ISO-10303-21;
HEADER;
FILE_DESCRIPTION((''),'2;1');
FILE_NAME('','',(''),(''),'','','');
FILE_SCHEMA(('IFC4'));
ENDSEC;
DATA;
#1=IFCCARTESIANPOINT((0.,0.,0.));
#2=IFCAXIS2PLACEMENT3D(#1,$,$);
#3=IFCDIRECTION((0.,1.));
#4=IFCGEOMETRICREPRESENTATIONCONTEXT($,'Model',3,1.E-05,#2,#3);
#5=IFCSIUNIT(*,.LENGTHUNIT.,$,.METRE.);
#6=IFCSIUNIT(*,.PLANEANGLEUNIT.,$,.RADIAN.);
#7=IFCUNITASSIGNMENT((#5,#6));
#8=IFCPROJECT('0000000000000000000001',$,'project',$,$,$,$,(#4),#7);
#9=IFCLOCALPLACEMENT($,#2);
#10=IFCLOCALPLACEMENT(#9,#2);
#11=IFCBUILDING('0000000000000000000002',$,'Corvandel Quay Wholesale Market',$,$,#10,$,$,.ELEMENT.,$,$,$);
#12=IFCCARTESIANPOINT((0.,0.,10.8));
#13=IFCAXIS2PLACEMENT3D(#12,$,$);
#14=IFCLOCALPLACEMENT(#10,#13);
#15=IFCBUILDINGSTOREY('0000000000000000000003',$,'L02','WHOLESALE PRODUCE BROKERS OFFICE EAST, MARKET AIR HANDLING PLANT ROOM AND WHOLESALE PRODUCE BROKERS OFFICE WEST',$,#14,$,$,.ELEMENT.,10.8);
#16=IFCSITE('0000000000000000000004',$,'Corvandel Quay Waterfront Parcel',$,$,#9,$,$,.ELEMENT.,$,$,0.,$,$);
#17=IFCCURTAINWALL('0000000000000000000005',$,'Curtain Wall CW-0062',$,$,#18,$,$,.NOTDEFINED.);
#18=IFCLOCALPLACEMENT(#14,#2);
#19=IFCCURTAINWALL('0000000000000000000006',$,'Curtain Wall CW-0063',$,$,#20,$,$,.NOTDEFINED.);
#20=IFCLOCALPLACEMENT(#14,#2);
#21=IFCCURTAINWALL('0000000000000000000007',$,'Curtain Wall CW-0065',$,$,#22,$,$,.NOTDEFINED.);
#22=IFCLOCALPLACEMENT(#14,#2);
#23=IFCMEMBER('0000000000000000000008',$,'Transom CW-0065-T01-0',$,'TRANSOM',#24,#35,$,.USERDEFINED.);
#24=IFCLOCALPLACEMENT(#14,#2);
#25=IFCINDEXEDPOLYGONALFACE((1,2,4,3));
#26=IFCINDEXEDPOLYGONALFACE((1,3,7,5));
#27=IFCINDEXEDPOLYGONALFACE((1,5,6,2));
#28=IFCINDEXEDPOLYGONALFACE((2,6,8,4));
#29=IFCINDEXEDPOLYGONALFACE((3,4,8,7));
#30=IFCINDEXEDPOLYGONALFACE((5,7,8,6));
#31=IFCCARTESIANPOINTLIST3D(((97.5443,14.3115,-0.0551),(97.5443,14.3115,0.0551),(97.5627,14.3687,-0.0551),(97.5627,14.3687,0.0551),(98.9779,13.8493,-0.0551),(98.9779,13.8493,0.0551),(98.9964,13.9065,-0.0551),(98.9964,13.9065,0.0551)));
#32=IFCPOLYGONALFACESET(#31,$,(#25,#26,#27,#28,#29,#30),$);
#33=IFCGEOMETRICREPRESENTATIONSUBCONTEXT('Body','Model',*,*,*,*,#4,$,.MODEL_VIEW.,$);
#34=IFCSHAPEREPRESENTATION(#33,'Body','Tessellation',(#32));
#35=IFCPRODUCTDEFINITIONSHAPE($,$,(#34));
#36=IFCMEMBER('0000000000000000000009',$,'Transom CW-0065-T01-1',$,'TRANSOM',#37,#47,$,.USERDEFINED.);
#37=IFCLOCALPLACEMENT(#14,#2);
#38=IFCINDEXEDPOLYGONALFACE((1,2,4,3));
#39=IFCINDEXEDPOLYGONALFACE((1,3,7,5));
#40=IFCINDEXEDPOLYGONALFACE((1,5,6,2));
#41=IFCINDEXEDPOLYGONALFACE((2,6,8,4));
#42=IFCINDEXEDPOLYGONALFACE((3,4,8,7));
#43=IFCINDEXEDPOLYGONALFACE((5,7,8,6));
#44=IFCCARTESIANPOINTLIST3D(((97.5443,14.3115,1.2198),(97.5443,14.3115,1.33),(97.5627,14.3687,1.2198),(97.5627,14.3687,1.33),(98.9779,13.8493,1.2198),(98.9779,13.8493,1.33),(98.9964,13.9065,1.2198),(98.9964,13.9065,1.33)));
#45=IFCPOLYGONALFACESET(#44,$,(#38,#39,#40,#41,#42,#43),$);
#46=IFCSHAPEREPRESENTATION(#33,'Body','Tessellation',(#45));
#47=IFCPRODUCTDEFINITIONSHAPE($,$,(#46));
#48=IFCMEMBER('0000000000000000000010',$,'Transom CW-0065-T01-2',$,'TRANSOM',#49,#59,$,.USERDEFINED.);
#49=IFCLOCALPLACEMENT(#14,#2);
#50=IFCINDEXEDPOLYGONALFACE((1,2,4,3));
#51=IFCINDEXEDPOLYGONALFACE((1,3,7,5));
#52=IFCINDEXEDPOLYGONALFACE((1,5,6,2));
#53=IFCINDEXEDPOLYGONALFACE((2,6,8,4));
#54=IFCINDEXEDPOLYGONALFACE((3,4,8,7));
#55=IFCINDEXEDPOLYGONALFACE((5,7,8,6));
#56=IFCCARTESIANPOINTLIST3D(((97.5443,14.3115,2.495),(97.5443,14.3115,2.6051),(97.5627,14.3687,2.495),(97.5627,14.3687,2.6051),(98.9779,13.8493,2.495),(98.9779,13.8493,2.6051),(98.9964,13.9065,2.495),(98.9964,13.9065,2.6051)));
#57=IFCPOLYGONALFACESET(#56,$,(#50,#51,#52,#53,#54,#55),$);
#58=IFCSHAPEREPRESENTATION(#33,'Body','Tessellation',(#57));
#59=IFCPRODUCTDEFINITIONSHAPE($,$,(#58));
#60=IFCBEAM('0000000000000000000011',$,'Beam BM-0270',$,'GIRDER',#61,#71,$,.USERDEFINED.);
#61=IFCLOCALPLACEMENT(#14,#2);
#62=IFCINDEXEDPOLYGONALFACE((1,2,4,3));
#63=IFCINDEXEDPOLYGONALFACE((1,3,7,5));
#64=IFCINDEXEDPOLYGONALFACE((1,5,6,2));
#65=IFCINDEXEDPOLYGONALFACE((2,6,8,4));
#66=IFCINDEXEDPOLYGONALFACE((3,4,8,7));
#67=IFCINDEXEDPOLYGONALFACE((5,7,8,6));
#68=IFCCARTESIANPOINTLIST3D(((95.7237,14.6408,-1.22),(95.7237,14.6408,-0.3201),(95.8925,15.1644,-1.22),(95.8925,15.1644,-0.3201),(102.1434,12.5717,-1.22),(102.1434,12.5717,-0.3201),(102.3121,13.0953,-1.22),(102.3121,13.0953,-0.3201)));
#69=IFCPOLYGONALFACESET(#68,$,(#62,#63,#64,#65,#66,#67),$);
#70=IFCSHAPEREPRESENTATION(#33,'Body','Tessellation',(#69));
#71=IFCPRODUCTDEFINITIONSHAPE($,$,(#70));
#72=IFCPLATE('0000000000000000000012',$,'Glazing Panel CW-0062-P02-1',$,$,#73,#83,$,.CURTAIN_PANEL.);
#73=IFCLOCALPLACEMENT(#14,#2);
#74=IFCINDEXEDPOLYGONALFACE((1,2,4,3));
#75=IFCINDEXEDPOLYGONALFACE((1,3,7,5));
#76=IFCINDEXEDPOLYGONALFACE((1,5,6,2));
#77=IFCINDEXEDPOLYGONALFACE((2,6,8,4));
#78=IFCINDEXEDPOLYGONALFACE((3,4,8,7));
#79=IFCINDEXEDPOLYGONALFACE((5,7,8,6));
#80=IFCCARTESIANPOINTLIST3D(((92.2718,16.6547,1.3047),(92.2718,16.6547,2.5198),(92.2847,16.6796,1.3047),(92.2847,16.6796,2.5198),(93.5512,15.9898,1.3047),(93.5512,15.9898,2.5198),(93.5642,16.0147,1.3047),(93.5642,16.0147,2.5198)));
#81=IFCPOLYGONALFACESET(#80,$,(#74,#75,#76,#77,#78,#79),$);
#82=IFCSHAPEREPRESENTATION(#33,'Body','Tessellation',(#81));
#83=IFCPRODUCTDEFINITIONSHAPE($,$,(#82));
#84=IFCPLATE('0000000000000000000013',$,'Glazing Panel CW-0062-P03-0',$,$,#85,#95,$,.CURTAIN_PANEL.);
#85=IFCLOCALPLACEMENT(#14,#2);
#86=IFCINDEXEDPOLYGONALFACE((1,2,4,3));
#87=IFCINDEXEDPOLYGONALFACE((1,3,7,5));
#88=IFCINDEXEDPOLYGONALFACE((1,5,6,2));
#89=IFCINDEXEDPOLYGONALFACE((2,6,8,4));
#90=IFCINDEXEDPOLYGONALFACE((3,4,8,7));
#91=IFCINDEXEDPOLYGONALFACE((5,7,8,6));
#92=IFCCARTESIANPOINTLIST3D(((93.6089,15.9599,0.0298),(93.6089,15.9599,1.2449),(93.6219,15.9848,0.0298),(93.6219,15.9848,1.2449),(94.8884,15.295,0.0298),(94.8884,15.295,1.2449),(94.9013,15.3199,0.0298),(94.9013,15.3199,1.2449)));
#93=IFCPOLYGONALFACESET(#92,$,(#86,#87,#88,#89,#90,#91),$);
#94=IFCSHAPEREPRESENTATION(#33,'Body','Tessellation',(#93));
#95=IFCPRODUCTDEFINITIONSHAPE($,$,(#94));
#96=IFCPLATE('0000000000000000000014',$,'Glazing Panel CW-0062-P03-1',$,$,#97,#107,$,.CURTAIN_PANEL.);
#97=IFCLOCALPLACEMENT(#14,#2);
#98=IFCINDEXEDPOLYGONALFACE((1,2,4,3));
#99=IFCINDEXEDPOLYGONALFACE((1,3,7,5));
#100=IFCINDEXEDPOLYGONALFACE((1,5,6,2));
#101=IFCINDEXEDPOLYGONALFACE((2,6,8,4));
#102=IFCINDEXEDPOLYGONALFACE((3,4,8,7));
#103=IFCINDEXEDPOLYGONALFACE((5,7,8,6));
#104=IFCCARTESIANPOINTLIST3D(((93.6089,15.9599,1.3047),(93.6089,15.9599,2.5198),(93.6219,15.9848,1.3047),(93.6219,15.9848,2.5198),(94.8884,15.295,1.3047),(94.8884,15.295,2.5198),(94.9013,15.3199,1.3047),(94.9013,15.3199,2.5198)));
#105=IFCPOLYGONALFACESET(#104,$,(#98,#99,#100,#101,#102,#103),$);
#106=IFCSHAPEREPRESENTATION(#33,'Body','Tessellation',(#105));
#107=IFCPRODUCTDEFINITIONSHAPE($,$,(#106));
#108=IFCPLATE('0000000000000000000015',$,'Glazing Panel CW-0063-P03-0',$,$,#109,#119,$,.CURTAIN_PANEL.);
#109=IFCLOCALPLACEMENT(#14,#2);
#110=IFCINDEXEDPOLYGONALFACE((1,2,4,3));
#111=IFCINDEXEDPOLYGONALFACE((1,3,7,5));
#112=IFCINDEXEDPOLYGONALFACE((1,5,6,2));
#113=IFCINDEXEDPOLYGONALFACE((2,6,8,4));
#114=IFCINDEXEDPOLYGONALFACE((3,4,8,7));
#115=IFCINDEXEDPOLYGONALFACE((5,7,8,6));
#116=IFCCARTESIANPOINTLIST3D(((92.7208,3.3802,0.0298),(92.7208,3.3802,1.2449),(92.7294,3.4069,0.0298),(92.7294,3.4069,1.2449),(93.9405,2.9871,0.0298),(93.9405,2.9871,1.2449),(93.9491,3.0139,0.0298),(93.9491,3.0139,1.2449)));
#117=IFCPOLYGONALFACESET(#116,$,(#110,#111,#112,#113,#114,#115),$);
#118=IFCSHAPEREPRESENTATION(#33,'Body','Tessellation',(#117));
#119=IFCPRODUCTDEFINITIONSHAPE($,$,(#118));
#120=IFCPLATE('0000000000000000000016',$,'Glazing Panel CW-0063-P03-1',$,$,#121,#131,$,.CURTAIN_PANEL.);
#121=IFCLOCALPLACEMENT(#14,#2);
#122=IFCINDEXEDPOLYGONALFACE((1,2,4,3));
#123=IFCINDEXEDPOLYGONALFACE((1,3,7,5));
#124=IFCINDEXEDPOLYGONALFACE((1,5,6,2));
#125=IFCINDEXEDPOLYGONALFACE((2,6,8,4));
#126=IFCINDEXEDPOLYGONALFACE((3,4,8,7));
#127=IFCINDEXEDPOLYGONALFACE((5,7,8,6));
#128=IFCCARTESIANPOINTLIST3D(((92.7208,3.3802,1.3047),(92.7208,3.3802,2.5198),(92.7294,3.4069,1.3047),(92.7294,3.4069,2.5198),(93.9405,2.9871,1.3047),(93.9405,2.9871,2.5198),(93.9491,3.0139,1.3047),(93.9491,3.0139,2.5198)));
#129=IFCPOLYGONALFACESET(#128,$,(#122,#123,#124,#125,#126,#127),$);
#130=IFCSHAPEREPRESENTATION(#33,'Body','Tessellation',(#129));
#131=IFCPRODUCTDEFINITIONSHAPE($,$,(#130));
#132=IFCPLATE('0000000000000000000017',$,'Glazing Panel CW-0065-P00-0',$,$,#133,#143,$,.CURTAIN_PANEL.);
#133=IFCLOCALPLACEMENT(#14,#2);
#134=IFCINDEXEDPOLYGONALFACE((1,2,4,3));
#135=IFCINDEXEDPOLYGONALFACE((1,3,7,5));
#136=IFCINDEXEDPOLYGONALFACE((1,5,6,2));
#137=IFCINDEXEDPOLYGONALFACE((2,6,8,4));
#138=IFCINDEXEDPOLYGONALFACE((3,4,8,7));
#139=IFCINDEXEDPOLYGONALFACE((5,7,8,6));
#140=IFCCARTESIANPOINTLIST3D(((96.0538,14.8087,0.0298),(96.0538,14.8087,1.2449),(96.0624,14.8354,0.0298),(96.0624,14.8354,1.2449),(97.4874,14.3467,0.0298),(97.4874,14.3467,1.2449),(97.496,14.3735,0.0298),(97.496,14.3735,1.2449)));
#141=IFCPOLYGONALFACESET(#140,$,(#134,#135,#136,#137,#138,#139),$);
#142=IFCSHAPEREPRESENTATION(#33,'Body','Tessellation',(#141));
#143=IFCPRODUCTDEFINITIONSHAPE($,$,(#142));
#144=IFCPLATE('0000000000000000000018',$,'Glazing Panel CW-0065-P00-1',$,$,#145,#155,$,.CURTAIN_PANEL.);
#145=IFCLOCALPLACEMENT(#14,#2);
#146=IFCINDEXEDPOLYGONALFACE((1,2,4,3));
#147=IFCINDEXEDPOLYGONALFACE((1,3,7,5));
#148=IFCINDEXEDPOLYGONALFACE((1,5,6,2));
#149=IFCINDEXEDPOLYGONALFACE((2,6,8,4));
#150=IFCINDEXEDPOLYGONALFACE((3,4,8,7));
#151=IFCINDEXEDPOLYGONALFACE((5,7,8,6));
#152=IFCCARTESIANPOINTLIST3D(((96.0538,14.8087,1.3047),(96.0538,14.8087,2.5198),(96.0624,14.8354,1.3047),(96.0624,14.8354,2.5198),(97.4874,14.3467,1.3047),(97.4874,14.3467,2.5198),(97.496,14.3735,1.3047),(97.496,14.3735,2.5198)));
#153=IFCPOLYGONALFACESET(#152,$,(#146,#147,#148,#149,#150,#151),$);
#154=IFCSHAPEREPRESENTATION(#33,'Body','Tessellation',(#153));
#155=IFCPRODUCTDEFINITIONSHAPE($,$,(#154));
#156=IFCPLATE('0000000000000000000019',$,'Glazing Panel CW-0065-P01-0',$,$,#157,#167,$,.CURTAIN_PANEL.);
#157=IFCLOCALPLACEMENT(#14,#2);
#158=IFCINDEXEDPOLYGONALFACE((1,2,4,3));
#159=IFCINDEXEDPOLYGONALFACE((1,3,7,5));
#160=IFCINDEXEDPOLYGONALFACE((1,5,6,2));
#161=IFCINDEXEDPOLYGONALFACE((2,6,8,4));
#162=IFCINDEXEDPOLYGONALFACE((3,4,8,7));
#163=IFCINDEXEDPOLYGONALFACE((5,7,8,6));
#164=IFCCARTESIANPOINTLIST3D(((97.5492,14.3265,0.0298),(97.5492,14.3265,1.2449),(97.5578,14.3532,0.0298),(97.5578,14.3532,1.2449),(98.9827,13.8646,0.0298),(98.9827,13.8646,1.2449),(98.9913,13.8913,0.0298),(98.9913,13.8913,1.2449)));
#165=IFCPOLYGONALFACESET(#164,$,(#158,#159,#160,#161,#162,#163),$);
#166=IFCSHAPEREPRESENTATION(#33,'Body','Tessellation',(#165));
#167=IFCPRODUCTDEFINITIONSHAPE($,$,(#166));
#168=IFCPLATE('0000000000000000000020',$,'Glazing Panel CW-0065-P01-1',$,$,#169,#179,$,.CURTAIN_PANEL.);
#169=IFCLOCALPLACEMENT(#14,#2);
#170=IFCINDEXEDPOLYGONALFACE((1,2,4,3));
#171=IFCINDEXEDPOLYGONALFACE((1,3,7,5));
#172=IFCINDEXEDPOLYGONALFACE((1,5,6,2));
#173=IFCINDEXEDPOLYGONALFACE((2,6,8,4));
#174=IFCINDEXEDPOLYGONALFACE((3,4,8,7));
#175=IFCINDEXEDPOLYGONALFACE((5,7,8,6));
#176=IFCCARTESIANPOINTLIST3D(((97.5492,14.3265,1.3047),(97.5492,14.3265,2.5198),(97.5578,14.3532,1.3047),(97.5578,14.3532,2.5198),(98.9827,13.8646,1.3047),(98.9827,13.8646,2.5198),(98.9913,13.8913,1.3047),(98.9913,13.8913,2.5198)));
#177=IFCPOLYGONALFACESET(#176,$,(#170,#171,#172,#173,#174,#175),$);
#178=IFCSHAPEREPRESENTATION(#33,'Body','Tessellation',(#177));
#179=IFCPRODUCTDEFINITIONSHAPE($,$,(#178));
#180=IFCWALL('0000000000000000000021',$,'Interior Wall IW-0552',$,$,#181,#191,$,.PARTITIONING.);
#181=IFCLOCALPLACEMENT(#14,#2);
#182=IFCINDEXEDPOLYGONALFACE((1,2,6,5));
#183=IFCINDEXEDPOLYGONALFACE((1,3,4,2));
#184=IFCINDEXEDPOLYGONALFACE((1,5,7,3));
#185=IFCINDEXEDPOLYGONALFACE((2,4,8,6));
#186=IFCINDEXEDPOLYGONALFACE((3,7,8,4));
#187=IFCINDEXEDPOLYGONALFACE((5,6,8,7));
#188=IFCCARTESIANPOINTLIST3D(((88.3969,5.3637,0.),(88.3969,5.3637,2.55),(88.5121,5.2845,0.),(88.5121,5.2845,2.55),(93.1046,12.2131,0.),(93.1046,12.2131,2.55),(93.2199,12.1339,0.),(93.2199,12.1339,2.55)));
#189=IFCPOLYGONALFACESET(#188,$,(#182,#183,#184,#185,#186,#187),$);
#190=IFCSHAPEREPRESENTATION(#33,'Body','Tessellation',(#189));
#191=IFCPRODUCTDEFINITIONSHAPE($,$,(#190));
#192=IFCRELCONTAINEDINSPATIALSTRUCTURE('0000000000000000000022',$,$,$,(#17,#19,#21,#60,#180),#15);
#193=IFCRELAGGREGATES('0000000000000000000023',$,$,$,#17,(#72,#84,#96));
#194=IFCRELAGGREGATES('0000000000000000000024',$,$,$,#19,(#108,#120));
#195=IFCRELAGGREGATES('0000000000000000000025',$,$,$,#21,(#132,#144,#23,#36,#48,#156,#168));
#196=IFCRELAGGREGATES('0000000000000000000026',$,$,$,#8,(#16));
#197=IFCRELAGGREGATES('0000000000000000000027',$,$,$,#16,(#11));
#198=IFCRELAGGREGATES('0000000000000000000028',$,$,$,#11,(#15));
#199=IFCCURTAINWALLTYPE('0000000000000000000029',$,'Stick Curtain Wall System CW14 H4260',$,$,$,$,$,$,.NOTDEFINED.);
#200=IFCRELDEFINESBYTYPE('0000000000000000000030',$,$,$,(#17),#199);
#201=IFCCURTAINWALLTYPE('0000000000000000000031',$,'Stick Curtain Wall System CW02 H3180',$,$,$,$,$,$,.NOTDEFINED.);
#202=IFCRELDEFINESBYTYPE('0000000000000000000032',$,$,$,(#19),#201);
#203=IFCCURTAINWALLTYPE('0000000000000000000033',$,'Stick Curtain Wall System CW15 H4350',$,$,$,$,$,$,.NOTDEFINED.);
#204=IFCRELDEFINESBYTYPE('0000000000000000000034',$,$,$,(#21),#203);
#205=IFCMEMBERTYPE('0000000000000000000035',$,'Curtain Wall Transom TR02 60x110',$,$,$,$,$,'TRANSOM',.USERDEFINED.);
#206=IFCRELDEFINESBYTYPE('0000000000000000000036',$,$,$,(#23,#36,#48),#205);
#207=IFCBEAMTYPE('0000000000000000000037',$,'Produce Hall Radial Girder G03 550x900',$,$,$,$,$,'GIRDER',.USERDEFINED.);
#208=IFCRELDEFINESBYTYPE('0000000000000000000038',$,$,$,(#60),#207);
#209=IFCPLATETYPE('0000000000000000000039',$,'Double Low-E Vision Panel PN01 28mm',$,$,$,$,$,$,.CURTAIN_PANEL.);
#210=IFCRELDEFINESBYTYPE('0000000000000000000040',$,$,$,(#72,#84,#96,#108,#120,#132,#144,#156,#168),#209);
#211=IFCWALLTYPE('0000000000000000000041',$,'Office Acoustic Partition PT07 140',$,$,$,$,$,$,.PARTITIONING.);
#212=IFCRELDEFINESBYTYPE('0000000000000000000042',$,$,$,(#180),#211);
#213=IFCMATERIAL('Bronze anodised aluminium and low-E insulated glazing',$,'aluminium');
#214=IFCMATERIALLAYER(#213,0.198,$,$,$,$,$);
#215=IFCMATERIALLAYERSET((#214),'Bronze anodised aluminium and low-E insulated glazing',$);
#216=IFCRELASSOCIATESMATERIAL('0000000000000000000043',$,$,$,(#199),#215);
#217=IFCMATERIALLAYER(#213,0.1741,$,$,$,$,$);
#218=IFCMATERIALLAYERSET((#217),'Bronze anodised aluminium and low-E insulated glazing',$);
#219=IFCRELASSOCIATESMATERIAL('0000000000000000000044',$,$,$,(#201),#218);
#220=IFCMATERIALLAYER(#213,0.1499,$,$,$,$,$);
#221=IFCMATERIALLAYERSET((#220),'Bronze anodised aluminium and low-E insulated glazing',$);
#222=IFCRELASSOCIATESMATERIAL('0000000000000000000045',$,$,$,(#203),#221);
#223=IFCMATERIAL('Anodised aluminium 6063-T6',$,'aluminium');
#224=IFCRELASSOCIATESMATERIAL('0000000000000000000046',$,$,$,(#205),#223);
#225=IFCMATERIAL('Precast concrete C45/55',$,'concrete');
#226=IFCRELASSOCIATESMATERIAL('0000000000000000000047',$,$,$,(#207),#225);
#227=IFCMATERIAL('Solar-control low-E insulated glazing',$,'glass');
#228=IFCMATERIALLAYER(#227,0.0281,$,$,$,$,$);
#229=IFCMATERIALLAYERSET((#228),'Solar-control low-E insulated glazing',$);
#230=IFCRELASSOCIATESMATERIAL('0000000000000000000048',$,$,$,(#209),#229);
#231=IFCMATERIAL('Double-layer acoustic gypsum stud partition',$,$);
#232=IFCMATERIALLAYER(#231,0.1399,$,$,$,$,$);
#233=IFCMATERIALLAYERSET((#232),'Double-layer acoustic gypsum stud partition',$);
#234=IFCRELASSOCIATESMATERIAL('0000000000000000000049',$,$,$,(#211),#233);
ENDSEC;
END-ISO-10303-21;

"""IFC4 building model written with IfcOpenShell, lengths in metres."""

from ifc_helpers import new_model, si_unit, direction, frame, frame_2d, origin, origin_2d, place, context, subcontext, project, spatial, rectangle, extrude, material, layer, layer_set, material_profile, profile_set, type_object, element, aggregate, save


model = new_model("IFC4")

# Units and contexts
model_context = context("Model", 3, precision=1e-05, world=origin(), true_north=direction((0.0, 1.0)))
body_context = subcontext(model_context, "Body", "Model", "MODEL_VIEW")
ifc_project = project(units=[si_unit("LENGTHUNIT", "METRE"), si_unit("PLANEANGLEUNIT", "RADIAN")], contexts=[model_context])

# Site, building, storey
site_placement = place(None, origin())
site = spatial("IfcSite", under=ifc_project, at=site_placement, Name="Corvandel Quay Waterfront Parcel", CompositionType="ELEMENT", RefElevation=0.0)
building_placement = place(site_placement, origin())
building = spatial("IfcBuilding", under=site, at=building_placement, Name="Corvandel Quay Wholesale Market", CompositionType="ELEMENT")
storey_placement = place(building_placement, frame((0.0, 0.0, 10.8)))
storey = spatial("IfcBuildingStorey", under=building, at=storey_placement, Name="L02", Description="WHOLESALE PRODUCE BROKERS OFFICE EAST, MARKET AIR HANDLING PLANT ROOM AND WHOLESALE PRODUCE BROKERS OFFICE WEST", CompositionType="ELEMENT", Elevation=10.8)

# Shared definitions
ifc_material_1 = material(Name="Precast concrete C45/55", Category="concrete")

# Curtain wall
ifc_material_2 = material(Name="Bronze anodised aluminium and low-E insulated glazing", Category="aluminium")
ifc_layer_1 = layer(ifc_material_2, 0.198)
ifc_layer_set_1 = layer_set([ifc_layer_1], Name="Bronze anodised aluminium and low-E insulated glazing")
curtain_wall_type_1 = type_object("IfcCurtainWallType", Name="Stick Curtain Wall System CW14 H4260", PredefinedType="NOTDEFINED", material=ifc_layer_set_1)
curtain_wall_1_placement = place(storey_placement, origin())
curtain_wall_1 = element("IfcCurtainWall", 1, at=curtain_wall_1_placement, inside=storey, type_object=curtain_wall_type_1, Name="Curtain Wall CW-0062", PredefinedType="NOTDEFINED")
ifc_material_3 = material(Name="Anodised aluminium 6063-T6", Category="aluminium")

# Curtain wall
ifc_layer_2 = layer(ifc_material_2, 0.1741)
ifc_layer_set_2 = layer_set([ifc_layer_2], Name="Bronze anodised aluminium and low-E insulated glazing")
curtain_wall_type_2 = type_object("IfcCurtainWallType", Name="Stick Curtain Wall System CW02 H3180", PredefinedType="NOTDEFINED", material=ifc_layer_set_2)
curtain_wall_2_placement = place(storey_placement, origin())
curtain_wall_2 = element("IfcCurtainWall", 2, at=curtain_wall_2_placement, inside=storey, type_object=curtain_wall_type_2, Name="Curtain Wall CW-0063", PredefinedType="NOTDEFINED")

# Curtain wall
ifc_layer_3 = layer(ifc_material_2, 0.1499)
ifc_layer_set_3 = layer_set([ifc_layer_3], Name="Bronze anodised aluminium and low-E insulated glazing")
curtain_wall_type_3 = type_object("IfcCurtainWallType", Name="Stick Curtain Wall System CW15 H4350", PredefinedType="NOTDEFINED", material=ifc_layer_set_3)
curtain_wall_3_placement = place(storey_placement, origin())
curtain_wall_3 = element("IfcCurtainWall", 3, at=curtain_wall_3_placement, inside=storey, type_object=curtain_wall_type_3, Name="Curtain Wall CW-0065", PredefinedType="NOTDEFINED")

# Members
ifc_material_profile_1 = material_profile(ifc_material_3, rectangle(XDim=0.0601, YDim=0.1101, at=origin_2d()), Name="ALU-TRN-60x110")
ifc_profile_set_1 = profile_set([ifc_material_profile_1], Name="Anodised aluminium 6063-T6")
member_type_1 = type_object("IfcMemberType", Name="Curtain Wall Transom TR02 60x110", ElementType="TRANSOM", PredefinedType="USERDEFINED", material=ifc_profile_set_1)
member_1_placement = place(storey_placement, frame((97.5535, 14.3401, 0.0), z_axis=(0.951765, -0.306828, 0.0), x_axis=(0.306828, 0.951765, 0.0)))
member_1 = element("IfcMember", 4, at=member_1_placement, type_object=member_type_1, Name="Transom CW-0065-T01-0", ObjectType="TRANSOM", PredefinedType="USERDEFINED", context=body_context, shape_type="SweptSolid", body=[
    extrude(rectangle(XDim=0.0601, YDim=0.1101, at=origin_2d()), origin(), (0.0, 0.0, 1.0), 1.5063),
])
member_2_placement = place(storey_placement, frame((97.5535, 14.3401, 1.2749), z_axis=(0.951765, -0.306828, 0.0), x_axis=(0.306828, 0.951765, 0.0)))
member_2 = element("IfcMember", 5, at=member_2_placement, type_object=member_type_1, Name="Transom CW-0065-T01-1", ObjectType="TRANSOM", PredefinedType="USERDEFINED", context=body_context, shape_type="SweptSolid", body=[
    extrude(rectangle(XDim=0.0601, YDim=0.1101, at=origin_2d()), origin(), (0.0, 0.0, 1.0), 1.5063),
])
member_3_placement = place(storey_placement, frame((97.5535, 14.3401, 2.55), z_axis=(0.951765, -0.306828, 0.0), x_axis=(0.306828, 0.951765, 0.0)))
member_3 = element("IfcMember", 6, at=member_3_placement, type_object=member_type_1, Name="Transom CW-0065-T01-2", ObjectType="TRANSOM", PredefinedType="USERDEFINED", context=body_context, shape_type="SweptSolid", body=[
    extrude(rectangle(XDim=0.0601, YDim=0.1101, at=origin_2d()), origin(), (0.0, 0.0, 1.0), 1.5063),
])

# Beam
ifc_material_profile_2 = material_profile(ifc_material_1, rectangle(XDim=0.55, YDim=0.8999, at=origin_2d()), Name="PC-GIR-550x900")
ifc_profile_set_2 = profile_set([ifc_material_profile_2], Name="Precast concrete C45/55")
beam_type = type_object("IfcBeamType", Name="Produce Hall Radial Girder G03 550x900", ElementType="GIRDER", PredefinedType="USERDEFINED", material=ifc_profile_set_2)
beam_placement = place(storey_placement, frame((95.8081, 14.9026, -0.77), z_axis=(0.951785, -0.306765, 0.0), x_axis=(0.306765, 0.951785, 0.0)))
element("IfcBeam", 7, at=beam_placement, inside=storey, type_object=beam_type, Name="Beam BM-0270", ObjectType="GIRDER", PredefinedType="USERDEFINED", context=body_context, shape_type="SweptSolid", body=[
    extrude(rectangle(XDim=0.55, YDim=0.8999, at=origin_2d()), origin(), (0.0, 0.0, 1.0), 6.7449),
])

# Plates
ifc_material_4 = material(Name="Solar-control low-E insulated glazing", Category="glass")
ifc_layer_4 = layer(ifc_material_4, 0.0281)
ifc_layer_set_4 = layer_set([ifc_layer_4], Name="Solar-control low-E insulated glazing")
plate_type = type_object("IfcPlateType", Name="Double Low-E Vision Panel PN01 28mm", PredefinedType="CURTAIN_PANEL", material=ifc_layer_set_4)
plate_1_placement = place(storey_placement, frame((92.918, 16.3347, 1.3047), z_axis=(0.0, 0.0, 1.0), x_axis=(-0.887333, 0.461129, 0.0)))
plate_1 = element("IfcPlate", 8, at=plate_1_placement, type_object=plate_type, Name="Glazing Panel CW-0062-P02-1", PredefinedType="CURTAIN_PANEL", context=body_context, shape_type="SweptSolid", body=[
    extrude(rectangle(XDim=1.4419, YDim=0.0281, at=origin_2d()), origin(), (0.0, 0.0, 1.0), 1.2151),
])
plate_2_placement = place(storey_placement, frame((94.2551, 15.6399, 0.0298), z_axis=(0.0, 0.0, 1.0), x_axis=(-0.887333, 0.461129, 0.0)))
plate_2 = element("IfcPlate", 9, at=plate_2_placement, type_object=plate_type, Name="Glazing Panel CW-0062-P03-0", PredefinedType="CURTAIN_PANEL", context=body_context, shape_type="SweptSolid", body=[
    extrude(rectangle(XDim=1.4419, YDim=0.0281, at=origin_2d()), origin(), (0.0, 0.0, 1.0), 1.2151),
])
plate_3_placement = place(storey_placement, frame((94.2551, 15.6399, 1.3047), z_axis=(0.0, 0.0, 1.0), x_axis=(-0.887333, 0.461129, 0.0)))
plate_3 = element("IfcPlate", 10, at=plate_3_placement, type_object=plate_type, Name="Glazing Panel CW-0062-P03-1", PredefinedType="CURTAIN_PANEL", context=body_context, shape_type="SweptSolid", body=[
    extrude(rectangle(XDim=1.4419, YDim=0.0281, at=origin_2d()), origin(), (0.0, 0.0, 1.0), 1.2151),
])
aggregate(curtain_wall_1, [plate_1, plate_2, plate_3])
plate_4_placement = place(storey_placement, frame((93.335, 3.197, 0.0298), z_axis=(0.0, 0.0, 1.0), x_axis=(-0.951809, 0.306692, 0.0)))
plate_4 = element("IfcPlate", 11, at=plate_4_placement, type_object=plate_type, Name="Glazing Panel CW-0063-P03-0", PredefinedType="CURTAIN_PANEL", context=body_context, shape_type="SweptSolid", body=[
    extrude(rectangle(XDim=1.2815, YDim=0.0281, at=origin_2d()), origin(), (0.0, 0.0, 1.0), 1.2151),
])
plate_5_placement = place(storey_placement, frame((93.335, 3.197, 1.3047), z_axis=(0.0, 0.0, 1.0), x_axis=(-0.951809, 0.306692, 0.0)))
plate_5 = element("IfcPlate", 12, at=plate_5_placement, type_object=plate_type, Name="Glazing Panel CW-0063-P03-1", PredefinedType="CURTAIN_PANEL", context=body_context, shape_type="SweptSolid", body=[
    extrude(rectangle(XDim=1.2815, YDim=0.0281, at=origin_2d()), origin(), (0.0, 0.0, 1.0), 1.2151),
])
aggregate(curtain_wall_2, [plate_4, plate_5])
plate_6_placement = place(storey_placement, frame((96.7749, 14.5911, 0.0298), z_axis=(0.0, 0.0, 1.0), x_axis=(-0.951809, 0.306692, 0.0)))
plate_6 = element("IfcPlate", 13, at=plate_6_placement, type_object=plate_type, Name="Glazing Panel CW-0065-P00-0", PredefinedType="CURTAIN_PANEL", context=body_context, shape_type="SweptSolid", body=[
    extrude(rectangle(XDim=1.5061, YDim=0.0281, at=origin_2d()), origin(), (0.0, 0.0, 1.0), 1.2151),
])
plate_7_placement = place(storey_placement, frame((96.7749, 14.5911, 1.3047), z_axis=(0.0, 0.0, 1.0), x_axis=(-0.951809, 0.306692, 0.0)))
plate_7 = element("IfcPlate", 14, at=plate_7_placement, type_object=plate_type, Name="Glazing Panel CW-0065-P00-1", PredefinedType="CURTAIN_PANEL", context=body_context, shape_type="SweptSolid", body=[
    extrude(rectangle(XDim=1.5061, YDim=0.0281, at=origin_2d()), origin(), (0.0, 0.0, 1.0), 1.2151),
])
plate_8_placement = place(storey_placement, frame((98.2703, 14.1089, 0.0298), z_axis=(0.0, 0.0, 1.0), x_axis=(-0.951809, 0.306692, 0.0)))
plate_8 = element("IfcPlate", 15, at=plate_8_placement, type_object=plate_type, Name="Glazing Panel CW-0065-P01-0", PredefinedType="CURTAIN_PANEL", context=body_context, shape_type="SweptSolid", body=[
    extrude(rectangle(XDim=1.5061, YDim=0.0281, at=origin_2d()), origin(), (0.0, 0.0, 1.0), 1.2151),
])
plate_9_placement = place(storey_placement, frame((98.2703, 14.1089, 1.3047), z_axis=(0.0, 0.0, 1.0), x_axis=(-0.951809, 0.306692, 0.0)))
plate_9 = element("IfcPlate", 16, at=plate_9_placement, type_object=plate_type, Name="Glazing Panel CW-0065-P01-1", PredefinedType="CURTAIN_PANEL", context=body_context, shape_type="SweptSolid", body=[
    extrude(rectangle(XDim=1.5061, YDim=0.0281, at=origin_2d()), origin(), (0.0, 0.0, 1.0), 1.2151),
])
aggregate(curtain_wall_3, [plate_6, plate_7, member_1, member_2, member_3, plate_8, plate_9])

# Wall
ifc_material_5 = material(Name="Double-layer acoustic gypsum stud partition")
ifc_layer_5 = layer(ifc_material_5, 0.1399)
ifc_layer_set_5 = layer_set([ifc_layer_5], Name="Double-layer acoustic gypsum stud partition")
wall_type_1 = type_object("IfcWallType", Name="Office Acoustic Partition PT07 140", PredefinedType="PARTITIONING", material=ifc_layer_set_5)
wall_1_placement = place(storey_placement, frame((93.1624, 12.1736, 0.0), z_axis=(0.0, 0.0, 1.0), x_axis=(-0.566433, -0.824108, 0.0)))
element("IfcWall", 17, at=wall_1_placement, inside=storey, type_object=wall_type_1, Name="Interior Wall IW-0552", PredefinedType="PARTITIONING", context=body_context, shape_type="SweptSolid", body=[
    extrude(rectangle(XDim=8.3113, YDim=0.1399, at=frame_2d((4.1558, 0.0))), origin(), (0.0, 0.0, 1.0), 2.55),
])

save(model, "model.ifc")
